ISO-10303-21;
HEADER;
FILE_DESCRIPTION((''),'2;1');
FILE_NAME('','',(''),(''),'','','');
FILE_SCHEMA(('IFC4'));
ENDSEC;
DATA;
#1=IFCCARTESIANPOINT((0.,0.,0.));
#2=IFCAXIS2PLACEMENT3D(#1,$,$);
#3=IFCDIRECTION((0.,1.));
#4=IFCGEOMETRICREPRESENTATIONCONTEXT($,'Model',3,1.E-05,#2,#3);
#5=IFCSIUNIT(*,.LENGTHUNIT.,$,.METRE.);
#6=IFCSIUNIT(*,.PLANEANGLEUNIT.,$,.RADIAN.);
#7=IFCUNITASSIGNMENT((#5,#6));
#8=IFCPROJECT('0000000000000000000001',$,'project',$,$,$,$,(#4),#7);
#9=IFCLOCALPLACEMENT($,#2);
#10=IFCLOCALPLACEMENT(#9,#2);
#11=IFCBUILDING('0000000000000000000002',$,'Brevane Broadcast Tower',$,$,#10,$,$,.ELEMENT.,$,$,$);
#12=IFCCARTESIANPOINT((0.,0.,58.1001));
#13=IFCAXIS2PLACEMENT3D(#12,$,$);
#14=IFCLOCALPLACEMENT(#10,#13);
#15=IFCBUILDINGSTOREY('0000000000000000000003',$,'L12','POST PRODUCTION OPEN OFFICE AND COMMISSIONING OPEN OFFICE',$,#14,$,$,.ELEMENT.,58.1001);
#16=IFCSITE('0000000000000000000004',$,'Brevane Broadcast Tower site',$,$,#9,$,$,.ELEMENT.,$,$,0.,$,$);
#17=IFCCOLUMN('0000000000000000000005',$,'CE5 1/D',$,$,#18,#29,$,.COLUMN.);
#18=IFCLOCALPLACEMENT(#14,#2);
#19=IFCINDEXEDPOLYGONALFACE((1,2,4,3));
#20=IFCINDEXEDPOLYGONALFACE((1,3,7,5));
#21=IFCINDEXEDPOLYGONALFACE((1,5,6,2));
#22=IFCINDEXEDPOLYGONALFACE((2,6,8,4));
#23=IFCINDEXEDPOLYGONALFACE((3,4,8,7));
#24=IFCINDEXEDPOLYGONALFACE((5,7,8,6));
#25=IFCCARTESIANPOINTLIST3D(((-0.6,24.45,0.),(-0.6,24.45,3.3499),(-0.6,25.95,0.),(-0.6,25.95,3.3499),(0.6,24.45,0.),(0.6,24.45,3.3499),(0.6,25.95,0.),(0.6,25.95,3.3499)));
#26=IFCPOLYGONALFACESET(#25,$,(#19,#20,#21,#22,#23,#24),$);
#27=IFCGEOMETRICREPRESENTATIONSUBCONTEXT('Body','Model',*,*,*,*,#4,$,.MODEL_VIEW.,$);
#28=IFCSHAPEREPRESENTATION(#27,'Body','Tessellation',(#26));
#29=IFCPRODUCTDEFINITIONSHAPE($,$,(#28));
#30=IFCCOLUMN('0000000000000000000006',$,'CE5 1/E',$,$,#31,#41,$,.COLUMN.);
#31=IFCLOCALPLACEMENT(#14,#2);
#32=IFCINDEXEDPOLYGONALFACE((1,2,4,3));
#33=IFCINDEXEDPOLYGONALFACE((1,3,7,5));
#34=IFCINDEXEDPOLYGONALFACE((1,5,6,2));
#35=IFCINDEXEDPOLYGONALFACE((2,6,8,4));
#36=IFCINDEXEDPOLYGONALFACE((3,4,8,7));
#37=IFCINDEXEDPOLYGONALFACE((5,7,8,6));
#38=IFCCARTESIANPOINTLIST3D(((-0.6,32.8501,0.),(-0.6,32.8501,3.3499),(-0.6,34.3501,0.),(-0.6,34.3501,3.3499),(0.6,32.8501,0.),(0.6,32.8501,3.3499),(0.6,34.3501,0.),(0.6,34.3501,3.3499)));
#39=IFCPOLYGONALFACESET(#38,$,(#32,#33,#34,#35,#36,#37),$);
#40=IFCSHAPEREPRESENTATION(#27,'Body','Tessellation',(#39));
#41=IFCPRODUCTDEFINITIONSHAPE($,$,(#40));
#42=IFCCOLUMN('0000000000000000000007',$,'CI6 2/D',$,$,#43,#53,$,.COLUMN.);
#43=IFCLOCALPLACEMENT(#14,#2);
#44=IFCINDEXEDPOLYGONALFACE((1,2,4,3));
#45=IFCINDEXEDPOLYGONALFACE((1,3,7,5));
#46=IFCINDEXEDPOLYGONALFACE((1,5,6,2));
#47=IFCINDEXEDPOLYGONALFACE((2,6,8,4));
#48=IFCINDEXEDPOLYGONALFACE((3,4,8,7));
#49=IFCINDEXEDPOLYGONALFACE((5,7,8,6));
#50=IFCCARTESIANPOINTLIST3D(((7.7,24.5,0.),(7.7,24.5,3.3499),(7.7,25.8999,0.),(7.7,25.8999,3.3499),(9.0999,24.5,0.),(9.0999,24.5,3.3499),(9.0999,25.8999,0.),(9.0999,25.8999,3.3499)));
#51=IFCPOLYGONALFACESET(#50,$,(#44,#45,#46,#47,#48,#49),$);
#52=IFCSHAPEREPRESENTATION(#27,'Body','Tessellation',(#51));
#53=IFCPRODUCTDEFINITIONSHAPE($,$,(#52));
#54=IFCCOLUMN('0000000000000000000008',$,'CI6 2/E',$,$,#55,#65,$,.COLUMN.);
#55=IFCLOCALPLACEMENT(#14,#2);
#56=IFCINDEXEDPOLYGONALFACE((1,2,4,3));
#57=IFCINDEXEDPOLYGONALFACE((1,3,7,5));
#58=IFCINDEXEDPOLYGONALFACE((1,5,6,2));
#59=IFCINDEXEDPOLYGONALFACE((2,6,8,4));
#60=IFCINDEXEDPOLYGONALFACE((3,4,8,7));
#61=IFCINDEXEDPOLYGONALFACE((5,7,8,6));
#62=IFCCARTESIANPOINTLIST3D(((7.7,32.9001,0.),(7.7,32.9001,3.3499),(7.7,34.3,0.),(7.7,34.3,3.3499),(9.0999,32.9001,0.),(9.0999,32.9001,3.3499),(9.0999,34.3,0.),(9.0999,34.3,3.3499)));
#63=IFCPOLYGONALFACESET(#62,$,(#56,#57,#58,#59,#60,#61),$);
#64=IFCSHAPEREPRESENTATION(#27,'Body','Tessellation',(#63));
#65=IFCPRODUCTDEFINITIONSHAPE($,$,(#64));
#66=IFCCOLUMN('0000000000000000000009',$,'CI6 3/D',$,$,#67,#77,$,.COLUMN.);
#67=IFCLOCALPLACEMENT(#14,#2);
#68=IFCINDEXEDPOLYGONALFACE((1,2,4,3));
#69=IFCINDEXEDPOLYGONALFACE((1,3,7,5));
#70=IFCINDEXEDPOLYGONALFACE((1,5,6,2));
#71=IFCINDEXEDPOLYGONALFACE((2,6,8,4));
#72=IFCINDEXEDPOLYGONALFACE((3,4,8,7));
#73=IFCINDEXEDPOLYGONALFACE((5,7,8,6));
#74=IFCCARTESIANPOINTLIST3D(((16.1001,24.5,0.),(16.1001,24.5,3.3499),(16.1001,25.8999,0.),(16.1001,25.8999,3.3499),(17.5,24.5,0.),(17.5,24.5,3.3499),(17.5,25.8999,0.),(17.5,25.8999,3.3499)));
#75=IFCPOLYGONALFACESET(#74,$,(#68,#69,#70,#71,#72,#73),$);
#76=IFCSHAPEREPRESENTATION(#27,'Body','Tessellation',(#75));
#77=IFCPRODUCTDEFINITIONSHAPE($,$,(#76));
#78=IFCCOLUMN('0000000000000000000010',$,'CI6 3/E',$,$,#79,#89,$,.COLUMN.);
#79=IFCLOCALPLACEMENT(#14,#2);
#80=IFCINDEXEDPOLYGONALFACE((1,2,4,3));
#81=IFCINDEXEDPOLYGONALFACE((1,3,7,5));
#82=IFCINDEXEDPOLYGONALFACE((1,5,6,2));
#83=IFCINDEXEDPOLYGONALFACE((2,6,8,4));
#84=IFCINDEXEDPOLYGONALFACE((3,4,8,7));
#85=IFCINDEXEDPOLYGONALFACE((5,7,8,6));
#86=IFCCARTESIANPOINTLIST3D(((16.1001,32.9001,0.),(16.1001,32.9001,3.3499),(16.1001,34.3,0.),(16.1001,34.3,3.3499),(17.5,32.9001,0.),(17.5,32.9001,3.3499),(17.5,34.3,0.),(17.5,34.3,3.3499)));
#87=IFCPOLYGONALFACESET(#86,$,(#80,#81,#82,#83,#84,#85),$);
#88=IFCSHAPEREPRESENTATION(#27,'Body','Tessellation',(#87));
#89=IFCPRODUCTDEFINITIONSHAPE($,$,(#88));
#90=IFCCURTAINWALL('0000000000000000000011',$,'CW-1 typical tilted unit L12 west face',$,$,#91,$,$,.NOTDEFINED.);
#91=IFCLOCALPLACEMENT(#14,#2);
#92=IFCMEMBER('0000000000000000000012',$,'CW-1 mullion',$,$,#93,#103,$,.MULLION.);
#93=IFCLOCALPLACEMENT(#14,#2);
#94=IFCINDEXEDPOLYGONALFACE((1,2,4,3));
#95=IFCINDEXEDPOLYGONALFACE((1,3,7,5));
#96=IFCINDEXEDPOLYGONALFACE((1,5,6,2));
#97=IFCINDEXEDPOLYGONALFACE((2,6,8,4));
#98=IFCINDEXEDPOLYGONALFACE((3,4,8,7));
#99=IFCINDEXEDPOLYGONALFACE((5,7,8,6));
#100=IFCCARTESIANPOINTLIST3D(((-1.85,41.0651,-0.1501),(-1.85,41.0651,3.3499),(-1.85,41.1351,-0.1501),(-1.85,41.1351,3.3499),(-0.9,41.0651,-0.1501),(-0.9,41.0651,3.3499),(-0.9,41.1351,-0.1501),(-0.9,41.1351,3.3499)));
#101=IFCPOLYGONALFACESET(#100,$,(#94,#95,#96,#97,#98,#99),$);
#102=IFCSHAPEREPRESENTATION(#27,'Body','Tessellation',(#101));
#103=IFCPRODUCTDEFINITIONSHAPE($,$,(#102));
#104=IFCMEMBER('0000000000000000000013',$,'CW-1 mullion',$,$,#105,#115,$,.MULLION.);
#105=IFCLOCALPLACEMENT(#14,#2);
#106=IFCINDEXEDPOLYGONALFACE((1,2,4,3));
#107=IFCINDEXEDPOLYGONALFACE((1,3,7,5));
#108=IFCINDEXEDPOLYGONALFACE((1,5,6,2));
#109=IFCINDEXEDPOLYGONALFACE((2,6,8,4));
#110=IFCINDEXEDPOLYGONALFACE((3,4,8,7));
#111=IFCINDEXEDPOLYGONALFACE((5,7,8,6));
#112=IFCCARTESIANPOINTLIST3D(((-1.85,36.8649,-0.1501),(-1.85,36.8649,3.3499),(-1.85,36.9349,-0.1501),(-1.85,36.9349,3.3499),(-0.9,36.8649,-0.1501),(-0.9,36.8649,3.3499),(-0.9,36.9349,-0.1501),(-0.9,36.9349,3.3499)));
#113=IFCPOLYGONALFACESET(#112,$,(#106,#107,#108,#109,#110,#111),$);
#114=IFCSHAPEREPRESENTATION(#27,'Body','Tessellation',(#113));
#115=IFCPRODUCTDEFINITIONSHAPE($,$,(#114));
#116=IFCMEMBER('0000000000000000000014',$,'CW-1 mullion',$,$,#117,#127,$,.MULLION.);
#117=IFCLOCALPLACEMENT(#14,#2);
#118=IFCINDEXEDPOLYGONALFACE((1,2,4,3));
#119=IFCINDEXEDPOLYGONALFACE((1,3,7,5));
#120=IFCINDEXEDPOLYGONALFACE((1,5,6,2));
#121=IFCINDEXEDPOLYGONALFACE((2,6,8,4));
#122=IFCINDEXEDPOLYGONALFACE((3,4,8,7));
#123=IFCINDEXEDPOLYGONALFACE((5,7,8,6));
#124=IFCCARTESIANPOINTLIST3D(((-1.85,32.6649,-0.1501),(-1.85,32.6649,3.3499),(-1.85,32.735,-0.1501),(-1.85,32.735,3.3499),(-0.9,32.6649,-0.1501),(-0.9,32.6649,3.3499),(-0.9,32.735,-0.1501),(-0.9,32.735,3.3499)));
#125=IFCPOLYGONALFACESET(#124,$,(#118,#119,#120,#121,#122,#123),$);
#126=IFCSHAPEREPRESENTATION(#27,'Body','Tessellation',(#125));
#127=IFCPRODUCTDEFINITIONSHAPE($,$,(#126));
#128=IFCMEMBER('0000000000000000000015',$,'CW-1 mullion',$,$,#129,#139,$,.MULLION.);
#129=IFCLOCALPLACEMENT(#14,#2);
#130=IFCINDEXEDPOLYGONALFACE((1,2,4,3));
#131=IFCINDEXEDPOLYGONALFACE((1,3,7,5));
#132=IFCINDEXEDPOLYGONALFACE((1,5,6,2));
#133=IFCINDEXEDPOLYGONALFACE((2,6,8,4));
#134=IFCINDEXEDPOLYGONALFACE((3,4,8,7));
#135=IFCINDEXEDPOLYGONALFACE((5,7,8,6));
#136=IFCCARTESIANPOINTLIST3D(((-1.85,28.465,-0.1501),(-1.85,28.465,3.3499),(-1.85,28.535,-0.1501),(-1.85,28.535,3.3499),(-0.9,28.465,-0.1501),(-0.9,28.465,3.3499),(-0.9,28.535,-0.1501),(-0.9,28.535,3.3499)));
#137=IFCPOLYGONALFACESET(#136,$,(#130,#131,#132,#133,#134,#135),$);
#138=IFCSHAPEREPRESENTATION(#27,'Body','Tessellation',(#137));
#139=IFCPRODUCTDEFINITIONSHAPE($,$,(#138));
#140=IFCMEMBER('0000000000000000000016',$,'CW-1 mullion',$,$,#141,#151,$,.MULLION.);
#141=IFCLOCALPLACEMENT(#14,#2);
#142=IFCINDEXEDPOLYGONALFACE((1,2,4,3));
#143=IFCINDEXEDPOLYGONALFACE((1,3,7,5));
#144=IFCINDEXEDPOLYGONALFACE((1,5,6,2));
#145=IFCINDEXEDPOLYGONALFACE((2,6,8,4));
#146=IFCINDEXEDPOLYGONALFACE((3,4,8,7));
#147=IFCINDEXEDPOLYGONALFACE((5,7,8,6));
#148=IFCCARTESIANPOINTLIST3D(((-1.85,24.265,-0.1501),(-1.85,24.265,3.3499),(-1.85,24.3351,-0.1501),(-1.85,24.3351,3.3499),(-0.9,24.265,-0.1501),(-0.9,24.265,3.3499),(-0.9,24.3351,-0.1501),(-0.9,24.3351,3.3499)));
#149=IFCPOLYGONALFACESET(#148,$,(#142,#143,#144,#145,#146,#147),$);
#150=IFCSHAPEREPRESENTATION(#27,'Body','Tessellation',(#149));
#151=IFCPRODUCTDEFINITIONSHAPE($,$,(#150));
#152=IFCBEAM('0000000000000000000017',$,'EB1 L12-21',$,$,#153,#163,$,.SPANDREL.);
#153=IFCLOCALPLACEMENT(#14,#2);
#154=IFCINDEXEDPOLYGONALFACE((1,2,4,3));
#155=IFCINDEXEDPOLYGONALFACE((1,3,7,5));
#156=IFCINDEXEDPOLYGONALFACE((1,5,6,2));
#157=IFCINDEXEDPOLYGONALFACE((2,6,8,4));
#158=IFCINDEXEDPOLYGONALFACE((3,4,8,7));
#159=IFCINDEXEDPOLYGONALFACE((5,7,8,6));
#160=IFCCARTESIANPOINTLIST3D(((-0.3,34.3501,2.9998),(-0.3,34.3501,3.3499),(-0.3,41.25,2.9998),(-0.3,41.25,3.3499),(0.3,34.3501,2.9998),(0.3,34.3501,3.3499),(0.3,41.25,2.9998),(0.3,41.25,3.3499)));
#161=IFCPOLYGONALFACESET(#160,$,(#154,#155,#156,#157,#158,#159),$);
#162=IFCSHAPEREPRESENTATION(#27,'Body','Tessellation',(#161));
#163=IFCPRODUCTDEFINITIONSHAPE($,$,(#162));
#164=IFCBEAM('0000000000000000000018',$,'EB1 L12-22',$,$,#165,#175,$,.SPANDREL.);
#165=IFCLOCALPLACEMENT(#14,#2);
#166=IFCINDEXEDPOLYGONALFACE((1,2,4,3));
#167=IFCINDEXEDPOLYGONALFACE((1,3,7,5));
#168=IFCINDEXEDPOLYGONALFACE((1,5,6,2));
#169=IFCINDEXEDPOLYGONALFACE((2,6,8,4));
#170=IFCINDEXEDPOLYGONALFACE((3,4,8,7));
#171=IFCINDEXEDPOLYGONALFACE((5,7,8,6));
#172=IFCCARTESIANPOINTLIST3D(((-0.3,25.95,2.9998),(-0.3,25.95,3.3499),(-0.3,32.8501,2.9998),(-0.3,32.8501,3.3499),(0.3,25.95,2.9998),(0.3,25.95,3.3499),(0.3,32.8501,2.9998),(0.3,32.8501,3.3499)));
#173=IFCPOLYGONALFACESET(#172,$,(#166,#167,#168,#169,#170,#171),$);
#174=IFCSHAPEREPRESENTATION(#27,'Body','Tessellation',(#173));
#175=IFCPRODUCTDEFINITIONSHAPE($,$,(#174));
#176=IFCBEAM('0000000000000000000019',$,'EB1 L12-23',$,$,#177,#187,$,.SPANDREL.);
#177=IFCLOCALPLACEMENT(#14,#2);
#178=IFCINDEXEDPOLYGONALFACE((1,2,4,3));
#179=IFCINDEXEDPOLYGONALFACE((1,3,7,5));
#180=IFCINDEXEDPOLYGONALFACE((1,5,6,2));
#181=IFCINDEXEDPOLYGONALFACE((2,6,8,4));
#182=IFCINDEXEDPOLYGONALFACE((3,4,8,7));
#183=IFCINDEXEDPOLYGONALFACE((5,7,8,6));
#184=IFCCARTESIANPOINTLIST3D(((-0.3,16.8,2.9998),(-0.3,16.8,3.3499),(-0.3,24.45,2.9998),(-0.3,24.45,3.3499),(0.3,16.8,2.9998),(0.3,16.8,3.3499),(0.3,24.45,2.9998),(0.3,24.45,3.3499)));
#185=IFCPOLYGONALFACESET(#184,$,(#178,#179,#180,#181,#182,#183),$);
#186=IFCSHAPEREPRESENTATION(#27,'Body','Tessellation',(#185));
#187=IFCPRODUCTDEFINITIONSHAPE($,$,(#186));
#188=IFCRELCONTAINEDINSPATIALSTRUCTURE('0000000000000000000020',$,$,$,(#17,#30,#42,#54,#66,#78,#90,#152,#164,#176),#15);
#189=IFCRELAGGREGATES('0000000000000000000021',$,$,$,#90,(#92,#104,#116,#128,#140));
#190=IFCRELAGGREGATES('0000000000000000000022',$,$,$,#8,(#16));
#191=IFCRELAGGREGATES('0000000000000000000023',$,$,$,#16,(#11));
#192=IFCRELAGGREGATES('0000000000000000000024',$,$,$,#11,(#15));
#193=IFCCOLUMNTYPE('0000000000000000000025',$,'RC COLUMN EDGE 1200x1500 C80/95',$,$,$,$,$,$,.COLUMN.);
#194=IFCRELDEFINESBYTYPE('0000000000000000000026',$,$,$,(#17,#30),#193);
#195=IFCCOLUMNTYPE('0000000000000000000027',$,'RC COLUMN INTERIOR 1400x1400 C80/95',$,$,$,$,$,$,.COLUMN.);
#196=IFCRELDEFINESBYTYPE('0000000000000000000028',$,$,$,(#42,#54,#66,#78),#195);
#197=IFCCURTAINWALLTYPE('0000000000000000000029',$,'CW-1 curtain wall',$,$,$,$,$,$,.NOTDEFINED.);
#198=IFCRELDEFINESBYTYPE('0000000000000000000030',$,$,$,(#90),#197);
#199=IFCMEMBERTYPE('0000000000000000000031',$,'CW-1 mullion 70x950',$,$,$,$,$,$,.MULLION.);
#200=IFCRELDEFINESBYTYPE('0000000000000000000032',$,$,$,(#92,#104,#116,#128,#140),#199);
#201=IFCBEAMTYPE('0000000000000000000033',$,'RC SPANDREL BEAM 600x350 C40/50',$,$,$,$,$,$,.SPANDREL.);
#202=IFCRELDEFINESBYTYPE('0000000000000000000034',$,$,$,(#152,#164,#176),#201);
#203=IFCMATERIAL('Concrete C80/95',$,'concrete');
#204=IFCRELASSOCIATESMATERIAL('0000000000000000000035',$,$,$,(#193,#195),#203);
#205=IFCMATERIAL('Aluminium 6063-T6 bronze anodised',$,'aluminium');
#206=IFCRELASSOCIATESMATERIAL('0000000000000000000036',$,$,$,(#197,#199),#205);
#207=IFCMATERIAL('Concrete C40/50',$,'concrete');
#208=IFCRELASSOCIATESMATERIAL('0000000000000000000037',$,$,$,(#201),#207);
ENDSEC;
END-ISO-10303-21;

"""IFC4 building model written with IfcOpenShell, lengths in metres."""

from ifc_helpers import new_model, si_unit, direction, frame, origin, origin_2d, place, context, subcontext, project, spatial, rectangle, extrude, material, material_profile, profile_set, type_object, element, aggregate, save


model = new_model("IFC4")

# Units and contexts
model_context = context("Model", 3, precision=1e-05, world=origin(), true_north=direction((0.0, 1.0)))
body_context = subcontext(model_context, "Body", "Model", "MODEL_VIEW")
ifc_project = project(units=[si_unit("LENGTHUNIT", "METRE"), si_unit("PLANEANGLEUNIT", "RADIAN")], contexts=[model_context])

# Site, building, storey
site_placement = place(None, origin())
site = spatial("IfcSite", under=ifc_project, at=site_placement, Name="Brevane Broadcast Tower site", CompositionType="ELEMENT", RefElevation=0.0)
building_placement = place(site_placement, origin())
building = spatial("IfcBuilding", under=site, at=building_placement, Name="Brevane Broadcast Tower", CompositionType="ELEMENT")
storey_placement = place(building_placement, frame((0.0, 0.0, 58.1001)))
storey = spatial("IfcBuildingStorey", under=building, at=storey_placement, Name="L12", Description="POST PRODUCTION OPEN OFFICE AND COMMISSIONING OPEN OFFICE", CompositionType="ELEMENT", Elevation=58.1001)

# Columns
ifc_material_1 = material(Name="Concrete C80/95", Category="concrete")
ifc_material_profile_1 = material_profile(ifc_material_1, rectangle(XDim=1.2, YDim=1.5, at=origin_2d()), Name="RC 1200x1500")
ifc_profile_set_1 = profile_set([ifc_material_profile_1], Name="Concrete C80/95")
column_type_1 = type_object("IfcColumnType", Name="RC COLUMN EDGE 1200x1500 C80/95", PredefinedType="COLUMN", material=ifc_profile_set_1)
for number, where, z_axis, x_axis, name in (
    (1, (0.0, 25.2, 0.0), (0.0, 0.0, 1.0), (1.0, 0.0, 0.0), "CE5 1/D"),
    (2, (0.0, 33.6001, 0.0), (0.0, 0.0, 1.0), (1.0, 0.0, 0.0), "CE5 1/E"),
):
    element("IfcColumn", number, at=place(storey_placement, frame(where, z_axis=z_axis, x_axis=x_axis)), inside=storey, type_object=column_type_1, Name=name, PredefinedType="COLUMN", context=body_context, shape_type="SweptSolid", body=[
        extrude(rectangle(XDim=1.2, YDim=1.5, at=origin_2d()), origin(), (0.0, 0.0, 1.0), 3.3499),
    ])
ifc_material_profile_2 = material_profile(ifc_material_1, rectangle(XDim=1.3999, YDim=1.3999, at=origin_2d()), Name="RC 1400x1400")
ifc_profile_set_2 = profile_set([ifc_material_profile_2], Name="Concrete C80/95")
column_type_2 = type_object("IfcColumnType", Name="RC COLUMN INTERIOR 1400x1400 C80/95", PredefinedType="COLUMN", material=ifc_profile_set_2)
for number, where, z_axis, x_axis, name in (
    (3, (8.3999, 25.2, 0.0), (0.0, 0.0, 1.0), (1.0, 0.0, 0.0), "CI6 2/D"),
    (4, (8.3999, 33.6001, 0.0), (0.0, 0.0, 1.0), (1.0, 0.0, 0.0), "CI6 2/E"),
    (5, (16.8, 25.2, 0.0), (0.0, 0.0, 1.0), (1.0, 0.0, 0.0), "CI6 3/D"),
    (6, (16.8, 33.6001, 0.0), (0.0, 0.0, 1.0), (1.0, 0.0, 0.0), "CI6 3/E"),
):
    element("IfcColumn", number, at=place(storey_placement, frame(where, z_axis=z_axis, x_axis=x_axis)), inside=storey, type_object=column_type_2, Name=name, PredefinedType="COLUMN", context=body_context, shape_type="SweptSolid", body=[
        extrude(rectangle(XDim=1.3999, YDim=1.3999, at=origin_2d()), origin(), (0.0, 0.0, 1.0), 3.3499),
    ])

# Curtain wall, members
ifc_material_2 = material(Name="Aluminium 6063-T6 bronze anodised", Category="aluminium")
curtain_wall_type = type_object("IfcCurtainWallType", Name="CW-1 curtain wall", PredefinedType="NOTDEFINED", material=ifc_material_2)
curtain_wall_placement = place(storey_placement, origin())
curtain_wall = element("IfcCurtainWall", 7, at=curtain_wall_placement, inside=storey, type_object=curtain_wall_type, Name="CW-1 typical tilted unit L12 west face", PredefinedType="NOTDEFINED")
ifc_material_profile_3 = material_profile(ifc_material_2, rectangle(XDim=0.95, YDim=0.0701, at=origin_2d()), Name="RECT 70x950")
ifc_profile_set_3 = profile_set([ifc_material_profile_3], Name="Aluminium 6063-T6 bronze anodised")
member_type = type_object("IfcMemberType", Name="CW-1 mullion 70x950", PredefinedType="MULLION", material=ifc_profile_set_3)
member_1_placement = place(storey_placement, frame((-1.375, 41.1001, -0.1501), z_axis=(0.0, 0.0, 1.0), x_axis=(1.0, 0.0, 0.0)))
member_1 = element("IfcMember", 8, at=member_1_placement, type_object=member_type, Name="CW-1 mullion", PredefinedType="MULLION", context=body_context, shape_type="SweptSolid", body=[
    extrude(rectangle(XDim=0.95, YDim=0.0701, at=origin_2d()), origin(), (0.0, 0.0, 1.0), 3.5),
])
member_2_placement = place(storey_placement, frame((-1.375, 36.8999, -0.1501), z_axis=(0.0, 0.0, 1.0), x_axis=(1.0, 0.0, 0.0)))
member_2 = element("IfcMember", 9, at=member_2_placement, type_object=member_type, Name="CW-1 mullion", PredefinedType="MULLION", context=body_context, shape_type="SweptSolid", body=[
    extrude(rectangle(XDim=0.95, YDim=0.0701, at=origin_2d()), origin(), (0.0, 0.0, 1.0), 3.5),
])
member_3_placement = place(storey_placement, frame((-1.375, 32.7, -0.1501), z_axis=(0.0, 0.0, 1.0), x_axis=(1.0, 0.0, 0.0)))
member_3 = element("IfcMember", 10, at=member_3_placement, type_object=member_type, Name="CW-1 mullion", PredefinedType="MULLION", context=body_context, shape_type="SweptSolid", body=[
    extrude(rectangle(XDim=0.95, YDim=0.0701, at=origin_2d()), origin(), (0.0, 0.0, 1.0), 3.5),
])
member_4_placement = place(storey_placement, frame((-1.375, 28.5, -0.1501), z_axis=(0.0, 0.0, 1.0), x_axis=(1.0, 0.0, 0.0)))
member_4 = element("IfcMember", 11, at=member_4_placement, type_object=member_type, Name="CW-1 mullion", PredefinedType="MULLION", context=body_context, shape_type="SweptSolid", body=[
    extrude(rectangle(XDim=0.95, YDim=0.0701, at=origin_2d()), origin(), (0.0, 0.0, 1.0), 3.5),
])
member_5_placement = place(storey_placement, frame((-1.375, 24.3, -0.1501), z_axis=(0.0, 0.0, 1.0), x_axis=(1.0, 0.0, 0.0)))
member_5 = element("IfcMember", 12, at=member_5_placement, type_object=member_type, Name="CW-1 mullion", PredefinedType="MULLION", context=body_context, shape_type="SweptSolid", body=[
    extrude(rectangle(XDim=0.95, YDim=0.0701, at=origin_2d()), origin(), (0.0, 0.0, 1.0), 3.5),
])
aggregate(curtain_wall, [member_1, member_2, member_3, member_4, member_5])

# Beams
ifc_material_3 = material(Name="Concrete C40/50", Category="concrete")
ifc_material_profile_4 = material_profile(ifc_material_3, rectangle(XDim=0.6001, YDim=0.3501, at=origin_2d()), Name="RC 600x350")
ifc_profile_set_4 = profile_set([ifc_material_profile_4], Name="Concrete C40/50")
beam_type = type_object("IfcBeamType", Name="RC SPANDREL BEAM 600x350 C40/50", PredefinedType="SPANDREL", material=ifc_profile_set_4)
beam_1_placement = place(storey_placement, frame((0.0, 41.25, 3.1748), z_axis=(0.0, -1.0, 0.0), x_axis=(1.0, 0.0, 0.0)))
element("IfcBeam", 13, at=beam_1_placement, inside=storey, type_object=beam_type, Name="EB1 L12-21", PredefinedType="SPANDREL", context=body_context, shape_type="SweptSolid", body=[
    extrude(rectangle(XDim=0.6001, YDim=0.3501, at=origin_2d()), origin(), (0.0, 0.0, 1.0), 6.8999),
])
beam_2_placement = place(storey_placement, frame((0.0, 32.8501, 3.1748), z_axis=(0.0, -1.0, 0.0), x_axis=(1.0, 0.0, 0.0)))
element("IfcBeam", 14, at=beam_2_placement, inside=storey, type_object=beam_type, Name="EB1 L12-22", PredefinedType="SPANDREL", context=body_context, shape_type="SweptSolid", body=[
    extrude(rectangle(XDim=0.6001, YDim=0.3501, at=origin_2d()), origin(), (0.0, 0.0, 1.0), 6.9001),
])
beam_3_placement = place(storey_placement, frame((0.0, 24.45, 3.1748), z_axis=(0.0, -1.0, 0.0), x_axis=(1.0, 0.0, 0.0)))
element("IfcBeam", 15, at=beam_3_placement, inside=storey, type_object=beam_type, Name="EB1 L12-23", PredefinedType="SPANDREL", context=body_context, shape_type="SweptSolid", body=[
    extrude(rectangle(XDim=0.6001, YDim=0.3501, at=origin_2d()), origin(), (0.0, 0.0, 1.0), 7.6499),
])

save(model, "model.ifc")
